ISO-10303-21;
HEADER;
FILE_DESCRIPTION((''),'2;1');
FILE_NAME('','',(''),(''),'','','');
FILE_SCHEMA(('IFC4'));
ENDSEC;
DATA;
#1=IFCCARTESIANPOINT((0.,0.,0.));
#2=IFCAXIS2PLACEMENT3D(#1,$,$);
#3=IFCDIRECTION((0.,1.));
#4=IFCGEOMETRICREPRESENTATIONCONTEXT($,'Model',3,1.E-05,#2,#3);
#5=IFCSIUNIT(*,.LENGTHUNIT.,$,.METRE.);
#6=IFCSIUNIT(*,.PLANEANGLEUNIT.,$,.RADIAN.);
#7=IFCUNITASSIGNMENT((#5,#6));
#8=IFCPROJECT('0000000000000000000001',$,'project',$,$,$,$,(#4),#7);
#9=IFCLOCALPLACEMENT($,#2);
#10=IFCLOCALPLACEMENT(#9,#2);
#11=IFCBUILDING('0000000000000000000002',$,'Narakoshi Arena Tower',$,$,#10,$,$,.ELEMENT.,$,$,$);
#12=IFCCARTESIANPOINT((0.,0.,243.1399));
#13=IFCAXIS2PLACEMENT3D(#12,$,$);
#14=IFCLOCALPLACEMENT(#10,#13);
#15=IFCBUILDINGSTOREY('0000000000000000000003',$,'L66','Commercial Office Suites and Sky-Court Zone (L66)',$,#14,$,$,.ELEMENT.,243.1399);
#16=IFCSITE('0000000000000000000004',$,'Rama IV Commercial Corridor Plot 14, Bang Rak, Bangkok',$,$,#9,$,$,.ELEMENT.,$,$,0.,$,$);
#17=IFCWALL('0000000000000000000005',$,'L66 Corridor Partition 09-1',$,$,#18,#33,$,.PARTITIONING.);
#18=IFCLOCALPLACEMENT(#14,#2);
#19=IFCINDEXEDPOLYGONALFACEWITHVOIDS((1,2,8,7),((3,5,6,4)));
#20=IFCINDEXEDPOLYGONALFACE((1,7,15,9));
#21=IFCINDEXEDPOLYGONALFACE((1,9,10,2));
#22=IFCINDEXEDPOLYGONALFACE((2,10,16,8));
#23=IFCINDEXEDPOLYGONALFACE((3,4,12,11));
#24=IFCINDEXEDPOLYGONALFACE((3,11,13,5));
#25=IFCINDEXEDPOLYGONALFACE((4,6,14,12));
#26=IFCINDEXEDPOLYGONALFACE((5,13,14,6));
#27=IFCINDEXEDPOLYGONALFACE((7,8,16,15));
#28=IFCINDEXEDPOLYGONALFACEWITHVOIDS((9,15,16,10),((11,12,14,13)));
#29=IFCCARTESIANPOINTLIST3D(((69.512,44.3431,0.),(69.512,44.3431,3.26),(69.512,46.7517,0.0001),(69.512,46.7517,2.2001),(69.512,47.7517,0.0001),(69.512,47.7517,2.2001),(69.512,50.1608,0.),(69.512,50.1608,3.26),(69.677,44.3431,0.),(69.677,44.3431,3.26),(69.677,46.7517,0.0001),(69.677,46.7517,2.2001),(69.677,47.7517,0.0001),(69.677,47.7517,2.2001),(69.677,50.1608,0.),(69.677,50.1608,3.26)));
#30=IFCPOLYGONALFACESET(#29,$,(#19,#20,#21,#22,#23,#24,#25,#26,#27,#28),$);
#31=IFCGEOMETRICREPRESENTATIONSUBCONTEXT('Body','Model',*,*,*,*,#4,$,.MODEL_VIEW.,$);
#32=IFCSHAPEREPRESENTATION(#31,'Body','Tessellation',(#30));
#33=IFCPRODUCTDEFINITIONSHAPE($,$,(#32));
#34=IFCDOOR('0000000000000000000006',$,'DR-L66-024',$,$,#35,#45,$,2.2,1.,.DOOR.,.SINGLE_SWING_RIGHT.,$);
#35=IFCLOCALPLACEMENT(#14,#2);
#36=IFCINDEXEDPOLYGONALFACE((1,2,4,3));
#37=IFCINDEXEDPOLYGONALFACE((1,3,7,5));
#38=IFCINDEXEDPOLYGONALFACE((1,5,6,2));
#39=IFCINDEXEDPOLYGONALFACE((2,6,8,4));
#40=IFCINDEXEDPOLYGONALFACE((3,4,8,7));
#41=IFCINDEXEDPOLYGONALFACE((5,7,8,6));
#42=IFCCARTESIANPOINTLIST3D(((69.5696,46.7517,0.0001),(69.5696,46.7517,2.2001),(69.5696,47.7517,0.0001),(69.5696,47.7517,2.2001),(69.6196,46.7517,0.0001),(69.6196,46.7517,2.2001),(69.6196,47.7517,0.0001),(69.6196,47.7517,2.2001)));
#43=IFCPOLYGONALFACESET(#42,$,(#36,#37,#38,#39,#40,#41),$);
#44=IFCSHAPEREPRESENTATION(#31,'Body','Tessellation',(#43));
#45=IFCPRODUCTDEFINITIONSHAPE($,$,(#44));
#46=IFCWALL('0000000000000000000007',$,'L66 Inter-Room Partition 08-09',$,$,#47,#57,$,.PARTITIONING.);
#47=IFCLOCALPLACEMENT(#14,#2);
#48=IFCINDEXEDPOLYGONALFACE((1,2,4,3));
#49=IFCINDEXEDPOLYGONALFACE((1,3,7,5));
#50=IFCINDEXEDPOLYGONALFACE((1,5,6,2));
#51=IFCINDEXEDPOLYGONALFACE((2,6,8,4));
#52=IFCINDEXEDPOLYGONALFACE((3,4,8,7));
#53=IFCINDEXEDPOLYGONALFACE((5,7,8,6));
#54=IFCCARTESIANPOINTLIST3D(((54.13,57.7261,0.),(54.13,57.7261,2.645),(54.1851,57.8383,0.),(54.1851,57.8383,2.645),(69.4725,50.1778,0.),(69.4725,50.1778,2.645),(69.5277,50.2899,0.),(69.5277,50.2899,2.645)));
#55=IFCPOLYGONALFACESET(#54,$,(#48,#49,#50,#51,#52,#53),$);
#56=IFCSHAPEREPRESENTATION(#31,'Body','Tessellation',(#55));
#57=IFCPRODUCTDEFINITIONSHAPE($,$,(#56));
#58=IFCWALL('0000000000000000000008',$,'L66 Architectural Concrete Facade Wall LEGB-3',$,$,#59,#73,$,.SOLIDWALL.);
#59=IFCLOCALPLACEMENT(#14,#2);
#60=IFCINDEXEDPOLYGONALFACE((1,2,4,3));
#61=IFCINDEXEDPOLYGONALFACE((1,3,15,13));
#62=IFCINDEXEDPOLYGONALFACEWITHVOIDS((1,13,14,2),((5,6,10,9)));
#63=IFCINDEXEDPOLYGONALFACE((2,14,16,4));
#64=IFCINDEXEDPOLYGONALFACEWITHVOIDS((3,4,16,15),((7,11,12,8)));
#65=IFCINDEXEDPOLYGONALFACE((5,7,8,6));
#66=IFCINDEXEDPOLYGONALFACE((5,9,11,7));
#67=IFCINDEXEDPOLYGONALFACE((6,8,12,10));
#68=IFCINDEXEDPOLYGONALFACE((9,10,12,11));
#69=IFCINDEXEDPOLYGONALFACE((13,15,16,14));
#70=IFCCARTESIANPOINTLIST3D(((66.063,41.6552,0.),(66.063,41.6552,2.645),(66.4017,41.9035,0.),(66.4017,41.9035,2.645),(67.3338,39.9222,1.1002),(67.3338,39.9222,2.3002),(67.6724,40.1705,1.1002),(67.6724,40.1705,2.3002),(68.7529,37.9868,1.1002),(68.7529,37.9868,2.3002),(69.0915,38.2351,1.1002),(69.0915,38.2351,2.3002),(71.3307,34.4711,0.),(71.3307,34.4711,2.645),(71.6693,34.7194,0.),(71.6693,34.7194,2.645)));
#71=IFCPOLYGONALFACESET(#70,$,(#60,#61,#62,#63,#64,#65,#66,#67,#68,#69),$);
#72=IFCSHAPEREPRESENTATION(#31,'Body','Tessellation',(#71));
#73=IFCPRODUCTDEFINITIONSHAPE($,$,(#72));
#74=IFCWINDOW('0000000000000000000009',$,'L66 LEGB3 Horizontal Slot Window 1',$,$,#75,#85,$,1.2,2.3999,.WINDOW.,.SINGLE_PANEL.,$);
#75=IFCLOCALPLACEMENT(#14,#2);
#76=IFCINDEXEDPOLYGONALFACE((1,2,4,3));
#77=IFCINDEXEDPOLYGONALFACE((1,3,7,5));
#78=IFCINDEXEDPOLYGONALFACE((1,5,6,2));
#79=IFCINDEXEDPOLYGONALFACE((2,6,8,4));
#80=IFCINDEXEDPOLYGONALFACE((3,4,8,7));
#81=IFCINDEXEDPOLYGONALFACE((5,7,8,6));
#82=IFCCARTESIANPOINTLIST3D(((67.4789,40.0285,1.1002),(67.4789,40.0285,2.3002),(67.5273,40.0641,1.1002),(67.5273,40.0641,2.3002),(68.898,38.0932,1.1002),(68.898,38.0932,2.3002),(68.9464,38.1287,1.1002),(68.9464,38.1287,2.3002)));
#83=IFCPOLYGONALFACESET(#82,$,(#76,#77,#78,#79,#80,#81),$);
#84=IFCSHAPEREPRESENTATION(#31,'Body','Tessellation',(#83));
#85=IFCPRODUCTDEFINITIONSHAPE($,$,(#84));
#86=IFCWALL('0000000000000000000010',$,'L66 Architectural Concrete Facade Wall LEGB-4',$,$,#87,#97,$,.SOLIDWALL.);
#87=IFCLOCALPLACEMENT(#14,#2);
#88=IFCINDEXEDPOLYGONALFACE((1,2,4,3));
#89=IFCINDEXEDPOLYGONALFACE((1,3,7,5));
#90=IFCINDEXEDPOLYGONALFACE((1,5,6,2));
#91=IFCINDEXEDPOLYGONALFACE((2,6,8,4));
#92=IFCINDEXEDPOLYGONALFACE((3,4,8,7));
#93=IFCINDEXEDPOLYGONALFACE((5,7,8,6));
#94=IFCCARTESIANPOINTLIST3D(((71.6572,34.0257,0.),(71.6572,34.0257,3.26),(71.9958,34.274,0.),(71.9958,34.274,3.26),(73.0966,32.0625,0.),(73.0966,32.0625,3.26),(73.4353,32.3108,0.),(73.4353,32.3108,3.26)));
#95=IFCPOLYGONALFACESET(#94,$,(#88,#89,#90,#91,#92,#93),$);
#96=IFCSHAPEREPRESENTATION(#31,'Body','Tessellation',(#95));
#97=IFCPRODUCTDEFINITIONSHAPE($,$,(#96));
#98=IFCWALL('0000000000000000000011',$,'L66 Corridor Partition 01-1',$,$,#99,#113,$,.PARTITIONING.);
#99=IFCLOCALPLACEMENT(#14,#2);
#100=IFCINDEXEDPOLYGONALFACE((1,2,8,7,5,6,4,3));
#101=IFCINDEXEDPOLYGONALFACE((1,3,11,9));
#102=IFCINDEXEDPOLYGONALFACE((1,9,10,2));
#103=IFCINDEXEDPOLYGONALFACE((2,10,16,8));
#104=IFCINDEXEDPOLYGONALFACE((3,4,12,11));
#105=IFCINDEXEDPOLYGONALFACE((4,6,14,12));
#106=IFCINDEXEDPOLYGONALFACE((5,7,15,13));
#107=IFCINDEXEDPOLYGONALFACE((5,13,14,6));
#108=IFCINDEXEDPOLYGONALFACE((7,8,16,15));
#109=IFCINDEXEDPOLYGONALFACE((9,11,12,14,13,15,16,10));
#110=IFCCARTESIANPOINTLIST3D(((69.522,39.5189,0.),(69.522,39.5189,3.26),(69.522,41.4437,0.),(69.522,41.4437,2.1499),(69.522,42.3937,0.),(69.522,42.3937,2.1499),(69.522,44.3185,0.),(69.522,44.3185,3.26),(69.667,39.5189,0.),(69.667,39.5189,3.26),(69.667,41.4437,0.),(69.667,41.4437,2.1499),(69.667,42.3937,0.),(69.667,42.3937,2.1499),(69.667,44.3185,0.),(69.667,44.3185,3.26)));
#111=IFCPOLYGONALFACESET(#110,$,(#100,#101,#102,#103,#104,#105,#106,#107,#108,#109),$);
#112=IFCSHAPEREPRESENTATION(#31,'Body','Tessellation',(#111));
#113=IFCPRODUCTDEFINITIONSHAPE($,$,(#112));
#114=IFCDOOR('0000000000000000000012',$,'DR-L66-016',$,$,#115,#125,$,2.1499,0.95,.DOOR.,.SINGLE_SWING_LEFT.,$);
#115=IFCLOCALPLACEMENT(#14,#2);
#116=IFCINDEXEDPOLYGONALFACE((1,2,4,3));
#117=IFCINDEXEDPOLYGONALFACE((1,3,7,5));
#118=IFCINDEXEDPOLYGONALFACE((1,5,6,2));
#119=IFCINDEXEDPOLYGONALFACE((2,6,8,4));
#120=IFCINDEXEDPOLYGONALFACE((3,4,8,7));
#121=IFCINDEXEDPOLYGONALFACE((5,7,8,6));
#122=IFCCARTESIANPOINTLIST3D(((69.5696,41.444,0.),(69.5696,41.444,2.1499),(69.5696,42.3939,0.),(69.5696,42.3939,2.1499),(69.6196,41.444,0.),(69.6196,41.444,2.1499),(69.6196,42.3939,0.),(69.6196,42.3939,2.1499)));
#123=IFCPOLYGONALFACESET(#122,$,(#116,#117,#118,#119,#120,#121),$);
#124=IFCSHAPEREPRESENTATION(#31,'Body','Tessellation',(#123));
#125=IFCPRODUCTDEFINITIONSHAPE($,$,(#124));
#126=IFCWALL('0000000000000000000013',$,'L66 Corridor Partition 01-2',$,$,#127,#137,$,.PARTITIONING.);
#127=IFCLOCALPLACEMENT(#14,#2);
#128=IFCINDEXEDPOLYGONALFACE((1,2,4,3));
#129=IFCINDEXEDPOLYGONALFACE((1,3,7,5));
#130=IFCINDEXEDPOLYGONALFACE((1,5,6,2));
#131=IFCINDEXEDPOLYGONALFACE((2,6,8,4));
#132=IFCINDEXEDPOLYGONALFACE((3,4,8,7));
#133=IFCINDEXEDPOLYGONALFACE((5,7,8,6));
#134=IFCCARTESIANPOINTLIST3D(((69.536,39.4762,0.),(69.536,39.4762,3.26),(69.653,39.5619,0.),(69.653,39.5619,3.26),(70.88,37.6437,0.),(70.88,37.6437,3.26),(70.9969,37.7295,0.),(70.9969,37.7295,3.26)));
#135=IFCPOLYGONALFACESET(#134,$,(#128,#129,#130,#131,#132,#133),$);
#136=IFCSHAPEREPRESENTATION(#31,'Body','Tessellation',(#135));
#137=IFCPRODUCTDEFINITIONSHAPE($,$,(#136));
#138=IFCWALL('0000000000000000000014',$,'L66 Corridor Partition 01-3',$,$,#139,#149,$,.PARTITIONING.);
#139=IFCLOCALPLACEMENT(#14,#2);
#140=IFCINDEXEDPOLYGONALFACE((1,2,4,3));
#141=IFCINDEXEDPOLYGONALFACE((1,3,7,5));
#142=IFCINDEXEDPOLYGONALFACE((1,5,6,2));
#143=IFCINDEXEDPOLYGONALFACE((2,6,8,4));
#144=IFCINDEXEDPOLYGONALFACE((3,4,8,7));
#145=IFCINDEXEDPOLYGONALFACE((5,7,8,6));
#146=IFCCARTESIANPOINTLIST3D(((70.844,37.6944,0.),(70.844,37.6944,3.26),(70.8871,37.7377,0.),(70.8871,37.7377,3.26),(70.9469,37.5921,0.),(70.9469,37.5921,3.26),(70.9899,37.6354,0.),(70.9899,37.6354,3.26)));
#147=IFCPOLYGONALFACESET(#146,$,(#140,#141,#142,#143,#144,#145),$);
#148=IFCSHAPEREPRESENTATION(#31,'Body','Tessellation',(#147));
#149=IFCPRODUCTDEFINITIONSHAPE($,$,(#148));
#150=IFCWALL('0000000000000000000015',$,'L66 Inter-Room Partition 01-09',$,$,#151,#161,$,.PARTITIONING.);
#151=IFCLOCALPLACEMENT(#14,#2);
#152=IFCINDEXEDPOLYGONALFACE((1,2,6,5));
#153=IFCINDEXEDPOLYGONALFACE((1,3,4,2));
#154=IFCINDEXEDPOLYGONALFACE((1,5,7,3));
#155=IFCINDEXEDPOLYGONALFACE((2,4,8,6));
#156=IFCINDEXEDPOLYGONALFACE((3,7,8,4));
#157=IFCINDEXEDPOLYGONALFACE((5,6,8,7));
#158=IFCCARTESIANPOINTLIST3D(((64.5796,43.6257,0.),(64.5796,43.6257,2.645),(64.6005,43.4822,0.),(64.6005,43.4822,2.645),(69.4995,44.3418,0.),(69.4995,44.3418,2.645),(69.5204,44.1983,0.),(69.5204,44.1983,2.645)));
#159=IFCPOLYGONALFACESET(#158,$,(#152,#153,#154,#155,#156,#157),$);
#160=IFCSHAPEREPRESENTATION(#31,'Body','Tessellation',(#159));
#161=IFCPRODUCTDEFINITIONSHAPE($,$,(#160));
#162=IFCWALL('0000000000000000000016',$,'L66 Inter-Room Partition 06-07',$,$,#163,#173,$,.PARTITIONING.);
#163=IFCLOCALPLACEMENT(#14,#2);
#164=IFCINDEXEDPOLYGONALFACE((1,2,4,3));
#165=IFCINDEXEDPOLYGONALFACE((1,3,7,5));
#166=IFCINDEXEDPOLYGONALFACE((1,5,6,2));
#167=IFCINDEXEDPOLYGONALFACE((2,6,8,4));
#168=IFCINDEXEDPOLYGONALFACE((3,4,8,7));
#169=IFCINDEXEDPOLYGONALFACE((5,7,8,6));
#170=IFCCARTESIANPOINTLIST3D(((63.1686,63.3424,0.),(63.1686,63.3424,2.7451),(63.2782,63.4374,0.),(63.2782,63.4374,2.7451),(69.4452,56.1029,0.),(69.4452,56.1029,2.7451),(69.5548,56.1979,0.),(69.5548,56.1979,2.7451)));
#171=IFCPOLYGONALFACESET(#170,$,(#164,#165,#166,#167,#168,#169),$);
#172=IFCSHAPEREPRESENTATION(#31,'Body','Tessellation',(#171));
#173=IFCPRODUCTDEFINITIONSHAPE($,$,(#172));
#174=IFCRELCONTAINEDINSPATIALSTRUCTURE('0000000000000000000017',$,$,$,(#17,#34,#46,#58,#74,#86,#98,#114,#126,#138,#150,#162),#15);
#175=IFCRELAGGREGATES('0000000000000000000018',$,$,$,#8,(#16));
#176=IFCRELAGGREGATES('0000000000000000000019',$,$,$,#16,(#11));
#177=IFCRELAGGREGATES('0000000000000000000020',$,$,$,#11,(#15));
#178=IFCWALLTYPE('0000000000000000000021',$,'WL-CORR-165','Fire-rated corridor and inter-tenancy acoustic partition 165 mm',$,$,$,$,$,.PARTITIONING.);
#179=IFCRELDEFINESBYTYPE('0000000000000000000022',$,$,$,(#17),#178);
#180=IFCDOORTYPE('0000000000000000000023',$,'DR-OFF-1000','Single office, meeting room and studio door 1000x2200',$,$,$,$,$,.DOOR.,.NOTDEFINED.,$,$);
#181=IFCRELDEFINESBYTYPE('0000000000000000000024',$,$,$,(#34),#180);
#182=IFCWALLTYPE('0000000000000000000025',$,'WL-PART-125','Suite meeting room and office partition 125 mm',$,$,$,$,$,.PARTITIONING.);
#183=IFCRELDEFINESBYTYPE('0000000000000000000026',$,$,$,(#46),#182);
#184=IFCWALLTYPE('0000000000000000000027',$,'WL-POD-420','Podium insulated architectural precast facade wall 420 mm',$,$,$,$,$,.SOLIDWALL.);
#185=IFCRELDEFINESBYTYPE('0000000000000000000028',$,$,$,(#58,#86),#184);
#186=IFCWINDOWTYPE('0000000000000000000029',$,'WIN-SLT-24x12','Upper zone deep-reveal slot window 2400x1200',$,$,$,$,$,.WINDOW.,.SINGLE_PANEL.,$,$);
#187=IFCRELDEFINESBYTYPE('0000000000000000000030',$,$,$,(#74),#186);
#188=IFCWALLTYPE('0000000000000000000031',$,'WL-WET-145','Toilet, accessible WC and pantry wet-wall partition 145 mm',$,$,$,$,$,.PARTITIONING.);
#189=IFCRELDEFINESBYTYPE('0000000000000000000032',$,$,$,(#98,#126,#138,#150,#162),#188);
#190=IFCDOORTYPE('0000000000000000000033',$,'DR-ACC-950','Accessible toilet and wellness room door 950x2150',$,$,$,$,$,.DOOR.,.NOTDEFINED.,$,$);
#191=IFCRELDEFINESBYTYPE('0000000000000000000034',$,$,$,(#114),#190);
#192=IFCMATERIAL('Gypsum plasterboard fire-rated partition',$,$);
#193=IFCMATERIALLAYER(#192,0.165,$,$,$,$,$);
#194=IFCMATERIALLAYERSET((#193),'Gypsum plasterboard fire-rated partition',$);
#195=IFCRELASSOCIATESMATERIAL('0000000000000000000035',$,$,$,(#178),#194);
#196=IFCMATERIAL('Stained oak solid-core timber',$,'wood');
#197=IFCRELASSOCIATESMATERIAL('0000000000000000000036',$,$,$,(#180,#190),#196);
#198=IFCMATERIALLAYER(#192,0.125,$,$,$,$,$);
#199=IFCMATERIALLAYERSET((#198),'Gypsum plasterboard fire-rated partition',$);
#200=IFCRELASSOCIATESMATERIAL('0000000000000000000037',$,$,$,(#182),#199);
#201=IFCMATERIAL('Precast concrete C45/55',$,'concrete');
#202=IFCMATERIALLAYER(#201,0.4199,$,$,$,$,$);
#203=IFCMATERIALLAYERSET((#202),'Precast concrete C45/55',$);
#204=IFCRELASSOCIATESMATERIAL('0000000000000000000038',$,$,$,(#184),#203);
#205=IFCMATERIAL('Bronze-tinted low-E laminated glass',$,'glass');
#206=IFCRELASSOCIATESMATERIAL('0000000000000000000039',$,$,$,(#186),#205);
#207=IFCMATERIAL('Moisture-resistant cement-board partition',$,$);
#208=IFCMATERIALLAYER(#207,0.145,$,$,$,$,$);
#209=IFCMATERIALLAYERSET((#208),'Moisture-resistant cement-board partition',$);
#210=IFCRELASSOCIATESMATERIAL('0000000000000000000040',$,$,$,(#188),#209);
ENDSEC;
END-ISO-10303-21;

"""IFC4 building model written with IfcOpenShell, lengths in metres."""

from ifc_helpers import new_model, si_unit, direction, frame, frame_2d, origin, place, context, subcontext, project, spatial, rectangle, extrude, material, layer, layer_set, type_object, element, fill, save


model = new_model("IFC4")

# Units and contexts
model_context = context("Model", 3, precision=1e-05, world=origin(), true_north=direction((0.0, 1.0)))
body_context = subcontext(model_context, "Body", "Model", "MODEL_VIEW")
ifc_project = project(units=[si_unit("LENGTHUNIT", "METRE"), si_unit("PLANEANGLEUNIT", "RADIAN")], contexts=[model_context])

# Site, building, storey
site_placement = place(None, origin())
site = spatial("IfcSite", under=ifc_project, at=site_placement, Name="Rama IV Commercial Corridor Plot 14, Bang Rak, Bangkok", CompositionType="ELEMENT", RefElevation=0.0)
building_placement = place(site_placement, origin())
building = spatial("IfcBuilding", under=site, at=building_placement, Name="Narakoshi Arena Tower", CompositionType="ELEMENT")
storey_placement = place(building_placement, frame((0.0, 0.0, 243.1399)))
storey = spatial("IfcBuildingStorey", under=building, at=storey_placement, Name="L66", Description="Commercial Office Suites and Sky-Court Zone (L66)", CompositionType="ELEMENT", Elevation=243.1399)

# Shared definitions
ifc_material_1 = material(Name="Bronze-tinted low-E laminated glass", Category="glass")

# Shared definitions
ifc_material_2 = material(Name="Gypsum plasterboard fire-rated partition")
ifc_layer_1 = layer(ifc_material_2, 0.165)
ifc_layer_set_1 = layer_set([ifc_layer_1], Name="Gypsum plasterboard fire-rated partition")
wall_type_1 = type_object("IfcWallType", Name="WL-CORR-165", Description="Fire-rated corridor and inter-tenancy acoustic partition 165 mm", PredefinedType="PARTITIONING", material=ifc_layer_set_1)

# Wall, opening, door
ifc_material_3 = material(Name="Stained oak solid-core timber", Category="wood")
door_type_1 = type_object("IfcDoorType", Name="DR-OFF-1000", Description="Single office, meeting room and studio door 1000x2200", OperationType="NOTDEFINED", PredefinedType="DOOR", material=ifc_material_3)
wall_1_placement = place(storey_placement, frame((69.5945, 50.1606, 0.0), z_axis=(0.0, 0.0, 1.0), x_axis=(0.0, -1.0, 0.0)))
wall_1 = element("IfcWall", 1, at=wall_1_placement, inside=storey, type_object=wall_type_1, Name="L66 Corridor Partition 09-1", PredefinedType="PARTITIONING", context=body_context, shape_type="SweptSolid", body=[
    extrude(rectangle(XDim=5.8176, YDim=0.165, at=frame_2d((2.9087, 0.0))), origin(), (0.0, 0.0, 1.0), 3.26),
])
opening_1_placement = place(wall_1_placement, frame((2.4089, 0.0, 0.0)))
opening_1 = element("IfcOpeningElement", 2, at=opening_1_placement, cuts=wall_1, PredefinedType="OPENING", context=body_context, shape_type="SweptSolid", body=[
    extrude(rectangle(XDim=1.0, YDim=2.2, at=frame_2d((0.5, 1.1001))), frame((0.0, 0.0925, 0.0), z_axis=(0.0, -1.0, 0.0), x_axis=(1.0, 0.0, 0.0)), (0.0, 0.0, 1.0), 0.1851),
])
door_1_placement = place(opening_1_placement, frame((1.0, 0.0, 0.0), z_axis=(0.0, 0.0, 1.0), x_axis=(-1.0, 0.0, 0.0)))
door_1 = element("IfcDoor", 3, at=door_1_placement, inside=storey, type_object=door_type_1, Name="DR-L66-024", OperationType="SINGLE_SWING_RIGHT", OverallHeight=2.2, OverallWidth=1.0, PredefinedType="DOOR", context=body_context, shape_type="SweptSolid", body=[
    extrude(rectangle(XDim=1.0, YDim=2.2, at=frame_2d((0.5, 1.1001))), frame((0.0, 0.0249, 0.0), z_axis=(0.0, -1.0, 0.0), x_axis=(1.0, 0.0, 0.0)), (0.0, 0.0, 1.0), 0.05),
])
fill(opening_1, door_1)

# Wall
ifc_layer_2 = layer(ifc_material_2, 0.125)
ifc_layer_set_2 = layer_set([ifc_layer_2], Name="Gypsum plasterboard fire-rated partition")
wall_type_2 = type_object("IfcWallType", Name="WL-PART-125", Description="Suite meeting room and office partition 125 mm", PredefinedType="PARTITIONING", material=ifc_layer_set_2)
wall_2_placement = place(storey_placement, frame((69.5, 50.2339, 0.0), z_axis=(0.0, 0.0, 1.0), x_axis=(-0.897284, 0.441453, 0.0)))
element("IfcWall", 4, at=wall_2_placement, inside=storey, type_object=wall_type_2, Name="L66 Inter-Room Partition 08-09", PredefinedType="PARTITIONING", context=body_context, shape_type="SweptSolid", body=[
    extrude(rectangle(XDim=17.0989, YDim=0.125, at=frame_2d((8.5493, 0.0))), origin(), (0.0, 0.0, 1.0), 2.645),
])

# Wall, opening, window
ifc_material_4 = material(Name="Precast concrete C45/55", Category="concrete")
ifc_layer_3 = layer(ifc_material_4, 0.4199)
ifc_layer_set_3 = layer_set([ifc_layer_3], Name="Precast concrete C45/55")
wall_type_3 = type_object("IfcWallType", Name="WL-POD-420", Description="Podium insulated architectural precast facade wall 420 mm", PredefinedType="SOLIDWALL", material=ifc_layer_set_3)
wall_3_placement = place(storey_placement, frame((66.2324, 41.7793, 0.0), z_axis=(0.0, 0.0, 1.0), x_axis=(0.591309, -0.806445, 0.0)))
wall_3 = element("IfcWall", 5, at=wall_3_placement, inside=storey, type_object=wall_type_3, Name="L66 Architectural Concrete Facade Wall LEGB-3", PredefinedType="SOLIDWALL", context=body_context, shape_type="SweptSolid", body=[
    extrude(rectangle(XDim=8.9084, YDim=0.4199, at=frame_2d((4.4541, 0.0))), origin(), (0.0, 0.0, 1.0), 2.645),
])
opening_2_placement = place(wall_3_placement, frame((2.1489, 0.0, 1.1001)))
opening_2 = element("IfcOpeningElement", 6, at=opening_2_placement, cuts=wall_3, PredefinedType="OPENING", context=body_context, shape_type="SweptSolid", body=[
    extrude(rectangle(XDim=2.3999, YDim=1.2, at=frame_2d((1.2, 0.6001))), frame((0.0, 0.22, 0.0), z_axis=(0.0, -1.0, 0.0), x_axis=(1.0, 0.0, 0.0)), (0.0, 0.0, 1.0), 0.4399),
])
window_type = type_object("IfcWindowType", Name="WIN-SLT-24x12", Description="Upper zone deep-reveal slot window 2400x1200", PartitioningType="SINGLE_PANEL", PredefinedType="WINDOW", material=ifc_material_1)
window_placement = place(opening_2_placement, origin())
window = element("IfcWindow", 7, at=window_placement, inside=storey, type_object=window_type, Name="L66 LEGB3 Horizontal Slot Window 1", OverallHeight=1.2, OverallWidth=2.3999, PartitioningType="SINGLE_PANEL", PredefinedType="WINDOW", context=body_context, shape_type="SweptSolid", body=[
    extrude(rectangle(XDim=2.3999, YDim=1.2, at=frame_2d((1.2, 0.6001))), frame((0.0, 0.03, 0.0), z_axis=(0.0, -1.0, 0.0), x_axis=(1.0, 0.0, 0.0)), (0.0, 0.0, 1.0), 0.0601),
])
fill(opening_2, window)

# Wall
wall_4_placement = place(storey_placement, frame((71.8264, 34.1499, 0.0), z_axis=(0.0, 0.0, 1.0), x_axis=(0.591316, -0.80644, 0.0)))
element("IfcWall", 8, at=wall_4_placement, inside=storey, type_object=wall_type_3, Name="L66 Architectural Concrete Facade Wall LEGB-4", PredefinedType="SOLIDWALL", context=body_context, shape_type="SweptSolid", body=[
    extrude(rectangle(XDim=2.4343, YDim=0.4199, at=frame_2d((1.2173, 0.0))), origin(), (0.0, 0.0, 1.0), 3.26),
])

# Wall, opening, door
ifc_material_5 = material(Name="Moisture-resistant cement-board partition")
ifc_layer_4 = layer(ifc_material_5, 0.145)
ifc_layer_set_4 = layer_set([ifc_layer_4], Name="Moisture-resistant cement-board partition")
wall_type_4 = type_object("IfcWallType", Name="WL-WET-145", Description="Toilet, accessible WC and pantry wet-wall partition 145 mm", PredefinedType="PARTITIONING", material=ifc_layer_set_4)
wall_5_placement = place(storey_placement, frame((69.5945, 44.3186, 0.0), z_axis=(0.0, 0.0, 1.0), x_axis=(0.0, -1.0, 0.0)))
wall_5 = element("IfcWall", 9, at=wall_5_placement, inside=storey, type_object=wall_type_4, Name="L66 Corridor Partition 01-1", PredefinedType="PARTITIONING", context=body_context, shape_type="SweptSolid", body=[
    extrude(rectangle(XDim=4.7996, YDim=0.145, at=frame_2d((2.3999, 0.0))), origin(), (0.0, 0.0, 1.0), 3.26),
])
opening_3_placement = place(wall_5_placement, frame((1.9248, 0.0, 0.0)))
opening_3 = element("IfcOpeningElement", 10, at=opening_3_placement, cuts=wall_5, PredefinedType="OPENING", context=body_context, shape_type="SweptSolid", body=[
    extrude(rectangle(XDim=0.95, YDim=2.1499, at=frame_2d((0.4751, 1.075))), frame((0.0, 0.0825, 0.0), z_axis=(0.0, -1.0, 0.0), x_axis=(1.0, 0.0, 0.0)), (0.0, 0.0, 1.0), 0.165),
])
door_type_2 = type_object("IfcDoorType", Name="DR-ACC-950", Description="Accessible toilet and wellness room door 950x2150", OperationType="NOTDEFINED", PredefinedType="DOOR", material=ifc_material_3)
door_2_placement = place(opening_3_placement, frame((0.95, 0.0, 0.0), z_axis=(0.0, 0.0, 1.0), x_axis=(-1.0, 0.0, 0.0)))
door_2 = element("IfcDoor", 11, at=door_2_placement, inside=storey, type_object=door_type_2, Name="DR-L66-016", OperationType="SINGLE_SWING_LEFT", OverallHeight=2.1499, OverallWidth=0.95, PredefinedType="DOOR", context=body_context, shape_type="SweptSolid", body=[
    extrude(rectangle(XDim=0.95, YDim=2.1499, at=frame_2d((0.4751, 1.075))), frame((0.0, 0.0249, 0.0), z_axis=(0.0, -1.0, 0.0), x_axis=(1.0, 0.0, 0.0)), (0.0, 0.0, 1.0), 0.05),
])
fill(opening_3, door_2)

# Walls
wall_6_placement = place(storey_placement, frame((69.5945, 39.519, 0.0), z_axis=(0.0, 0.0, 1.0), x_axis=(0.591406, -0.806374, 0.0)))
element("IfcWall", 12, at=wall_6_placement, inside=storey, type_object=wall_type_4, Name="L66 Corridor Partition 01-2", PredefinedType="PARTITIONING", context=body_context, shape_type="SweptSolid", body=[
    extrude(rectangle(XDim=2.2725, YDim=0.145, at=frame_2d((1.1362, 0.0))), origin(), (0.0, 0.0, 1.0), 3.26),
])
wall_7_placement = place(storey_placement, frame((70.9385, 37.6865, 0.0), z_axis=(0.0, 0.0, 1.0), x_axis=(-0.705101, -0.709107, 0.0)))
element("IfcWall", 13, at=wall_7_placement, inside=storey, type_object=wall_type_4, Name="L66 Corridor Partition 01-3", PredefinedType="PARTITIONING", context=body_context, shape_type="SweptSolid", body=[
    extrude(rectangle(XDim=0.061, YDim=0.145, at=frame_2d((0.0305, 0.0))), origin(), (0.0, 0.0, 1.0), 3.26),
])
wall_8_placement = place(storey_placement, frame((64.5901, 43.554, 0.0), z_axis=(0.0, 0.0, 1.0), x_axis=(0.989574, 0.144026, 0.0)))
element("IfcWall", 14, at=wall_8_placement, inside=storey, type_object=wall_type_4, Name="L66 Inter-Room Partition 01-09", PredefinedType="PARTITIONING", context=body_context, shape_type="SweptSolid", body=[
    extrude(rectangle(XDim=4.9717, YDim=0.145, at=frame_2d((2.4858, 0.0))), origin(), (0.0, 0.0, 1.0), 2.645),
])
wall_9_placement = place(storey_placement, frame((69.5, 56.1504, 0.0), z_axis=(0.0, 0.0, 1.0), x_axis=(-0.655072, 0.755566, 0.0)))
element("IfcWall", 15, at=wall_9_placement, inside=storey, type_object=wall_type_4, Name="L66 Inter-Room Partition 06-07", PredefinedType="PARTITIONING", context=body_context, shape_type="SweptSolid", body=[
    extrude(rectangle(XDim=9.5815, YDim=0.145, at=frame_2d((4.7908, 0.0))), origin(), (0.0, 0.0, 1.0), 2.7451),
])

save(model, "model.ifc")
